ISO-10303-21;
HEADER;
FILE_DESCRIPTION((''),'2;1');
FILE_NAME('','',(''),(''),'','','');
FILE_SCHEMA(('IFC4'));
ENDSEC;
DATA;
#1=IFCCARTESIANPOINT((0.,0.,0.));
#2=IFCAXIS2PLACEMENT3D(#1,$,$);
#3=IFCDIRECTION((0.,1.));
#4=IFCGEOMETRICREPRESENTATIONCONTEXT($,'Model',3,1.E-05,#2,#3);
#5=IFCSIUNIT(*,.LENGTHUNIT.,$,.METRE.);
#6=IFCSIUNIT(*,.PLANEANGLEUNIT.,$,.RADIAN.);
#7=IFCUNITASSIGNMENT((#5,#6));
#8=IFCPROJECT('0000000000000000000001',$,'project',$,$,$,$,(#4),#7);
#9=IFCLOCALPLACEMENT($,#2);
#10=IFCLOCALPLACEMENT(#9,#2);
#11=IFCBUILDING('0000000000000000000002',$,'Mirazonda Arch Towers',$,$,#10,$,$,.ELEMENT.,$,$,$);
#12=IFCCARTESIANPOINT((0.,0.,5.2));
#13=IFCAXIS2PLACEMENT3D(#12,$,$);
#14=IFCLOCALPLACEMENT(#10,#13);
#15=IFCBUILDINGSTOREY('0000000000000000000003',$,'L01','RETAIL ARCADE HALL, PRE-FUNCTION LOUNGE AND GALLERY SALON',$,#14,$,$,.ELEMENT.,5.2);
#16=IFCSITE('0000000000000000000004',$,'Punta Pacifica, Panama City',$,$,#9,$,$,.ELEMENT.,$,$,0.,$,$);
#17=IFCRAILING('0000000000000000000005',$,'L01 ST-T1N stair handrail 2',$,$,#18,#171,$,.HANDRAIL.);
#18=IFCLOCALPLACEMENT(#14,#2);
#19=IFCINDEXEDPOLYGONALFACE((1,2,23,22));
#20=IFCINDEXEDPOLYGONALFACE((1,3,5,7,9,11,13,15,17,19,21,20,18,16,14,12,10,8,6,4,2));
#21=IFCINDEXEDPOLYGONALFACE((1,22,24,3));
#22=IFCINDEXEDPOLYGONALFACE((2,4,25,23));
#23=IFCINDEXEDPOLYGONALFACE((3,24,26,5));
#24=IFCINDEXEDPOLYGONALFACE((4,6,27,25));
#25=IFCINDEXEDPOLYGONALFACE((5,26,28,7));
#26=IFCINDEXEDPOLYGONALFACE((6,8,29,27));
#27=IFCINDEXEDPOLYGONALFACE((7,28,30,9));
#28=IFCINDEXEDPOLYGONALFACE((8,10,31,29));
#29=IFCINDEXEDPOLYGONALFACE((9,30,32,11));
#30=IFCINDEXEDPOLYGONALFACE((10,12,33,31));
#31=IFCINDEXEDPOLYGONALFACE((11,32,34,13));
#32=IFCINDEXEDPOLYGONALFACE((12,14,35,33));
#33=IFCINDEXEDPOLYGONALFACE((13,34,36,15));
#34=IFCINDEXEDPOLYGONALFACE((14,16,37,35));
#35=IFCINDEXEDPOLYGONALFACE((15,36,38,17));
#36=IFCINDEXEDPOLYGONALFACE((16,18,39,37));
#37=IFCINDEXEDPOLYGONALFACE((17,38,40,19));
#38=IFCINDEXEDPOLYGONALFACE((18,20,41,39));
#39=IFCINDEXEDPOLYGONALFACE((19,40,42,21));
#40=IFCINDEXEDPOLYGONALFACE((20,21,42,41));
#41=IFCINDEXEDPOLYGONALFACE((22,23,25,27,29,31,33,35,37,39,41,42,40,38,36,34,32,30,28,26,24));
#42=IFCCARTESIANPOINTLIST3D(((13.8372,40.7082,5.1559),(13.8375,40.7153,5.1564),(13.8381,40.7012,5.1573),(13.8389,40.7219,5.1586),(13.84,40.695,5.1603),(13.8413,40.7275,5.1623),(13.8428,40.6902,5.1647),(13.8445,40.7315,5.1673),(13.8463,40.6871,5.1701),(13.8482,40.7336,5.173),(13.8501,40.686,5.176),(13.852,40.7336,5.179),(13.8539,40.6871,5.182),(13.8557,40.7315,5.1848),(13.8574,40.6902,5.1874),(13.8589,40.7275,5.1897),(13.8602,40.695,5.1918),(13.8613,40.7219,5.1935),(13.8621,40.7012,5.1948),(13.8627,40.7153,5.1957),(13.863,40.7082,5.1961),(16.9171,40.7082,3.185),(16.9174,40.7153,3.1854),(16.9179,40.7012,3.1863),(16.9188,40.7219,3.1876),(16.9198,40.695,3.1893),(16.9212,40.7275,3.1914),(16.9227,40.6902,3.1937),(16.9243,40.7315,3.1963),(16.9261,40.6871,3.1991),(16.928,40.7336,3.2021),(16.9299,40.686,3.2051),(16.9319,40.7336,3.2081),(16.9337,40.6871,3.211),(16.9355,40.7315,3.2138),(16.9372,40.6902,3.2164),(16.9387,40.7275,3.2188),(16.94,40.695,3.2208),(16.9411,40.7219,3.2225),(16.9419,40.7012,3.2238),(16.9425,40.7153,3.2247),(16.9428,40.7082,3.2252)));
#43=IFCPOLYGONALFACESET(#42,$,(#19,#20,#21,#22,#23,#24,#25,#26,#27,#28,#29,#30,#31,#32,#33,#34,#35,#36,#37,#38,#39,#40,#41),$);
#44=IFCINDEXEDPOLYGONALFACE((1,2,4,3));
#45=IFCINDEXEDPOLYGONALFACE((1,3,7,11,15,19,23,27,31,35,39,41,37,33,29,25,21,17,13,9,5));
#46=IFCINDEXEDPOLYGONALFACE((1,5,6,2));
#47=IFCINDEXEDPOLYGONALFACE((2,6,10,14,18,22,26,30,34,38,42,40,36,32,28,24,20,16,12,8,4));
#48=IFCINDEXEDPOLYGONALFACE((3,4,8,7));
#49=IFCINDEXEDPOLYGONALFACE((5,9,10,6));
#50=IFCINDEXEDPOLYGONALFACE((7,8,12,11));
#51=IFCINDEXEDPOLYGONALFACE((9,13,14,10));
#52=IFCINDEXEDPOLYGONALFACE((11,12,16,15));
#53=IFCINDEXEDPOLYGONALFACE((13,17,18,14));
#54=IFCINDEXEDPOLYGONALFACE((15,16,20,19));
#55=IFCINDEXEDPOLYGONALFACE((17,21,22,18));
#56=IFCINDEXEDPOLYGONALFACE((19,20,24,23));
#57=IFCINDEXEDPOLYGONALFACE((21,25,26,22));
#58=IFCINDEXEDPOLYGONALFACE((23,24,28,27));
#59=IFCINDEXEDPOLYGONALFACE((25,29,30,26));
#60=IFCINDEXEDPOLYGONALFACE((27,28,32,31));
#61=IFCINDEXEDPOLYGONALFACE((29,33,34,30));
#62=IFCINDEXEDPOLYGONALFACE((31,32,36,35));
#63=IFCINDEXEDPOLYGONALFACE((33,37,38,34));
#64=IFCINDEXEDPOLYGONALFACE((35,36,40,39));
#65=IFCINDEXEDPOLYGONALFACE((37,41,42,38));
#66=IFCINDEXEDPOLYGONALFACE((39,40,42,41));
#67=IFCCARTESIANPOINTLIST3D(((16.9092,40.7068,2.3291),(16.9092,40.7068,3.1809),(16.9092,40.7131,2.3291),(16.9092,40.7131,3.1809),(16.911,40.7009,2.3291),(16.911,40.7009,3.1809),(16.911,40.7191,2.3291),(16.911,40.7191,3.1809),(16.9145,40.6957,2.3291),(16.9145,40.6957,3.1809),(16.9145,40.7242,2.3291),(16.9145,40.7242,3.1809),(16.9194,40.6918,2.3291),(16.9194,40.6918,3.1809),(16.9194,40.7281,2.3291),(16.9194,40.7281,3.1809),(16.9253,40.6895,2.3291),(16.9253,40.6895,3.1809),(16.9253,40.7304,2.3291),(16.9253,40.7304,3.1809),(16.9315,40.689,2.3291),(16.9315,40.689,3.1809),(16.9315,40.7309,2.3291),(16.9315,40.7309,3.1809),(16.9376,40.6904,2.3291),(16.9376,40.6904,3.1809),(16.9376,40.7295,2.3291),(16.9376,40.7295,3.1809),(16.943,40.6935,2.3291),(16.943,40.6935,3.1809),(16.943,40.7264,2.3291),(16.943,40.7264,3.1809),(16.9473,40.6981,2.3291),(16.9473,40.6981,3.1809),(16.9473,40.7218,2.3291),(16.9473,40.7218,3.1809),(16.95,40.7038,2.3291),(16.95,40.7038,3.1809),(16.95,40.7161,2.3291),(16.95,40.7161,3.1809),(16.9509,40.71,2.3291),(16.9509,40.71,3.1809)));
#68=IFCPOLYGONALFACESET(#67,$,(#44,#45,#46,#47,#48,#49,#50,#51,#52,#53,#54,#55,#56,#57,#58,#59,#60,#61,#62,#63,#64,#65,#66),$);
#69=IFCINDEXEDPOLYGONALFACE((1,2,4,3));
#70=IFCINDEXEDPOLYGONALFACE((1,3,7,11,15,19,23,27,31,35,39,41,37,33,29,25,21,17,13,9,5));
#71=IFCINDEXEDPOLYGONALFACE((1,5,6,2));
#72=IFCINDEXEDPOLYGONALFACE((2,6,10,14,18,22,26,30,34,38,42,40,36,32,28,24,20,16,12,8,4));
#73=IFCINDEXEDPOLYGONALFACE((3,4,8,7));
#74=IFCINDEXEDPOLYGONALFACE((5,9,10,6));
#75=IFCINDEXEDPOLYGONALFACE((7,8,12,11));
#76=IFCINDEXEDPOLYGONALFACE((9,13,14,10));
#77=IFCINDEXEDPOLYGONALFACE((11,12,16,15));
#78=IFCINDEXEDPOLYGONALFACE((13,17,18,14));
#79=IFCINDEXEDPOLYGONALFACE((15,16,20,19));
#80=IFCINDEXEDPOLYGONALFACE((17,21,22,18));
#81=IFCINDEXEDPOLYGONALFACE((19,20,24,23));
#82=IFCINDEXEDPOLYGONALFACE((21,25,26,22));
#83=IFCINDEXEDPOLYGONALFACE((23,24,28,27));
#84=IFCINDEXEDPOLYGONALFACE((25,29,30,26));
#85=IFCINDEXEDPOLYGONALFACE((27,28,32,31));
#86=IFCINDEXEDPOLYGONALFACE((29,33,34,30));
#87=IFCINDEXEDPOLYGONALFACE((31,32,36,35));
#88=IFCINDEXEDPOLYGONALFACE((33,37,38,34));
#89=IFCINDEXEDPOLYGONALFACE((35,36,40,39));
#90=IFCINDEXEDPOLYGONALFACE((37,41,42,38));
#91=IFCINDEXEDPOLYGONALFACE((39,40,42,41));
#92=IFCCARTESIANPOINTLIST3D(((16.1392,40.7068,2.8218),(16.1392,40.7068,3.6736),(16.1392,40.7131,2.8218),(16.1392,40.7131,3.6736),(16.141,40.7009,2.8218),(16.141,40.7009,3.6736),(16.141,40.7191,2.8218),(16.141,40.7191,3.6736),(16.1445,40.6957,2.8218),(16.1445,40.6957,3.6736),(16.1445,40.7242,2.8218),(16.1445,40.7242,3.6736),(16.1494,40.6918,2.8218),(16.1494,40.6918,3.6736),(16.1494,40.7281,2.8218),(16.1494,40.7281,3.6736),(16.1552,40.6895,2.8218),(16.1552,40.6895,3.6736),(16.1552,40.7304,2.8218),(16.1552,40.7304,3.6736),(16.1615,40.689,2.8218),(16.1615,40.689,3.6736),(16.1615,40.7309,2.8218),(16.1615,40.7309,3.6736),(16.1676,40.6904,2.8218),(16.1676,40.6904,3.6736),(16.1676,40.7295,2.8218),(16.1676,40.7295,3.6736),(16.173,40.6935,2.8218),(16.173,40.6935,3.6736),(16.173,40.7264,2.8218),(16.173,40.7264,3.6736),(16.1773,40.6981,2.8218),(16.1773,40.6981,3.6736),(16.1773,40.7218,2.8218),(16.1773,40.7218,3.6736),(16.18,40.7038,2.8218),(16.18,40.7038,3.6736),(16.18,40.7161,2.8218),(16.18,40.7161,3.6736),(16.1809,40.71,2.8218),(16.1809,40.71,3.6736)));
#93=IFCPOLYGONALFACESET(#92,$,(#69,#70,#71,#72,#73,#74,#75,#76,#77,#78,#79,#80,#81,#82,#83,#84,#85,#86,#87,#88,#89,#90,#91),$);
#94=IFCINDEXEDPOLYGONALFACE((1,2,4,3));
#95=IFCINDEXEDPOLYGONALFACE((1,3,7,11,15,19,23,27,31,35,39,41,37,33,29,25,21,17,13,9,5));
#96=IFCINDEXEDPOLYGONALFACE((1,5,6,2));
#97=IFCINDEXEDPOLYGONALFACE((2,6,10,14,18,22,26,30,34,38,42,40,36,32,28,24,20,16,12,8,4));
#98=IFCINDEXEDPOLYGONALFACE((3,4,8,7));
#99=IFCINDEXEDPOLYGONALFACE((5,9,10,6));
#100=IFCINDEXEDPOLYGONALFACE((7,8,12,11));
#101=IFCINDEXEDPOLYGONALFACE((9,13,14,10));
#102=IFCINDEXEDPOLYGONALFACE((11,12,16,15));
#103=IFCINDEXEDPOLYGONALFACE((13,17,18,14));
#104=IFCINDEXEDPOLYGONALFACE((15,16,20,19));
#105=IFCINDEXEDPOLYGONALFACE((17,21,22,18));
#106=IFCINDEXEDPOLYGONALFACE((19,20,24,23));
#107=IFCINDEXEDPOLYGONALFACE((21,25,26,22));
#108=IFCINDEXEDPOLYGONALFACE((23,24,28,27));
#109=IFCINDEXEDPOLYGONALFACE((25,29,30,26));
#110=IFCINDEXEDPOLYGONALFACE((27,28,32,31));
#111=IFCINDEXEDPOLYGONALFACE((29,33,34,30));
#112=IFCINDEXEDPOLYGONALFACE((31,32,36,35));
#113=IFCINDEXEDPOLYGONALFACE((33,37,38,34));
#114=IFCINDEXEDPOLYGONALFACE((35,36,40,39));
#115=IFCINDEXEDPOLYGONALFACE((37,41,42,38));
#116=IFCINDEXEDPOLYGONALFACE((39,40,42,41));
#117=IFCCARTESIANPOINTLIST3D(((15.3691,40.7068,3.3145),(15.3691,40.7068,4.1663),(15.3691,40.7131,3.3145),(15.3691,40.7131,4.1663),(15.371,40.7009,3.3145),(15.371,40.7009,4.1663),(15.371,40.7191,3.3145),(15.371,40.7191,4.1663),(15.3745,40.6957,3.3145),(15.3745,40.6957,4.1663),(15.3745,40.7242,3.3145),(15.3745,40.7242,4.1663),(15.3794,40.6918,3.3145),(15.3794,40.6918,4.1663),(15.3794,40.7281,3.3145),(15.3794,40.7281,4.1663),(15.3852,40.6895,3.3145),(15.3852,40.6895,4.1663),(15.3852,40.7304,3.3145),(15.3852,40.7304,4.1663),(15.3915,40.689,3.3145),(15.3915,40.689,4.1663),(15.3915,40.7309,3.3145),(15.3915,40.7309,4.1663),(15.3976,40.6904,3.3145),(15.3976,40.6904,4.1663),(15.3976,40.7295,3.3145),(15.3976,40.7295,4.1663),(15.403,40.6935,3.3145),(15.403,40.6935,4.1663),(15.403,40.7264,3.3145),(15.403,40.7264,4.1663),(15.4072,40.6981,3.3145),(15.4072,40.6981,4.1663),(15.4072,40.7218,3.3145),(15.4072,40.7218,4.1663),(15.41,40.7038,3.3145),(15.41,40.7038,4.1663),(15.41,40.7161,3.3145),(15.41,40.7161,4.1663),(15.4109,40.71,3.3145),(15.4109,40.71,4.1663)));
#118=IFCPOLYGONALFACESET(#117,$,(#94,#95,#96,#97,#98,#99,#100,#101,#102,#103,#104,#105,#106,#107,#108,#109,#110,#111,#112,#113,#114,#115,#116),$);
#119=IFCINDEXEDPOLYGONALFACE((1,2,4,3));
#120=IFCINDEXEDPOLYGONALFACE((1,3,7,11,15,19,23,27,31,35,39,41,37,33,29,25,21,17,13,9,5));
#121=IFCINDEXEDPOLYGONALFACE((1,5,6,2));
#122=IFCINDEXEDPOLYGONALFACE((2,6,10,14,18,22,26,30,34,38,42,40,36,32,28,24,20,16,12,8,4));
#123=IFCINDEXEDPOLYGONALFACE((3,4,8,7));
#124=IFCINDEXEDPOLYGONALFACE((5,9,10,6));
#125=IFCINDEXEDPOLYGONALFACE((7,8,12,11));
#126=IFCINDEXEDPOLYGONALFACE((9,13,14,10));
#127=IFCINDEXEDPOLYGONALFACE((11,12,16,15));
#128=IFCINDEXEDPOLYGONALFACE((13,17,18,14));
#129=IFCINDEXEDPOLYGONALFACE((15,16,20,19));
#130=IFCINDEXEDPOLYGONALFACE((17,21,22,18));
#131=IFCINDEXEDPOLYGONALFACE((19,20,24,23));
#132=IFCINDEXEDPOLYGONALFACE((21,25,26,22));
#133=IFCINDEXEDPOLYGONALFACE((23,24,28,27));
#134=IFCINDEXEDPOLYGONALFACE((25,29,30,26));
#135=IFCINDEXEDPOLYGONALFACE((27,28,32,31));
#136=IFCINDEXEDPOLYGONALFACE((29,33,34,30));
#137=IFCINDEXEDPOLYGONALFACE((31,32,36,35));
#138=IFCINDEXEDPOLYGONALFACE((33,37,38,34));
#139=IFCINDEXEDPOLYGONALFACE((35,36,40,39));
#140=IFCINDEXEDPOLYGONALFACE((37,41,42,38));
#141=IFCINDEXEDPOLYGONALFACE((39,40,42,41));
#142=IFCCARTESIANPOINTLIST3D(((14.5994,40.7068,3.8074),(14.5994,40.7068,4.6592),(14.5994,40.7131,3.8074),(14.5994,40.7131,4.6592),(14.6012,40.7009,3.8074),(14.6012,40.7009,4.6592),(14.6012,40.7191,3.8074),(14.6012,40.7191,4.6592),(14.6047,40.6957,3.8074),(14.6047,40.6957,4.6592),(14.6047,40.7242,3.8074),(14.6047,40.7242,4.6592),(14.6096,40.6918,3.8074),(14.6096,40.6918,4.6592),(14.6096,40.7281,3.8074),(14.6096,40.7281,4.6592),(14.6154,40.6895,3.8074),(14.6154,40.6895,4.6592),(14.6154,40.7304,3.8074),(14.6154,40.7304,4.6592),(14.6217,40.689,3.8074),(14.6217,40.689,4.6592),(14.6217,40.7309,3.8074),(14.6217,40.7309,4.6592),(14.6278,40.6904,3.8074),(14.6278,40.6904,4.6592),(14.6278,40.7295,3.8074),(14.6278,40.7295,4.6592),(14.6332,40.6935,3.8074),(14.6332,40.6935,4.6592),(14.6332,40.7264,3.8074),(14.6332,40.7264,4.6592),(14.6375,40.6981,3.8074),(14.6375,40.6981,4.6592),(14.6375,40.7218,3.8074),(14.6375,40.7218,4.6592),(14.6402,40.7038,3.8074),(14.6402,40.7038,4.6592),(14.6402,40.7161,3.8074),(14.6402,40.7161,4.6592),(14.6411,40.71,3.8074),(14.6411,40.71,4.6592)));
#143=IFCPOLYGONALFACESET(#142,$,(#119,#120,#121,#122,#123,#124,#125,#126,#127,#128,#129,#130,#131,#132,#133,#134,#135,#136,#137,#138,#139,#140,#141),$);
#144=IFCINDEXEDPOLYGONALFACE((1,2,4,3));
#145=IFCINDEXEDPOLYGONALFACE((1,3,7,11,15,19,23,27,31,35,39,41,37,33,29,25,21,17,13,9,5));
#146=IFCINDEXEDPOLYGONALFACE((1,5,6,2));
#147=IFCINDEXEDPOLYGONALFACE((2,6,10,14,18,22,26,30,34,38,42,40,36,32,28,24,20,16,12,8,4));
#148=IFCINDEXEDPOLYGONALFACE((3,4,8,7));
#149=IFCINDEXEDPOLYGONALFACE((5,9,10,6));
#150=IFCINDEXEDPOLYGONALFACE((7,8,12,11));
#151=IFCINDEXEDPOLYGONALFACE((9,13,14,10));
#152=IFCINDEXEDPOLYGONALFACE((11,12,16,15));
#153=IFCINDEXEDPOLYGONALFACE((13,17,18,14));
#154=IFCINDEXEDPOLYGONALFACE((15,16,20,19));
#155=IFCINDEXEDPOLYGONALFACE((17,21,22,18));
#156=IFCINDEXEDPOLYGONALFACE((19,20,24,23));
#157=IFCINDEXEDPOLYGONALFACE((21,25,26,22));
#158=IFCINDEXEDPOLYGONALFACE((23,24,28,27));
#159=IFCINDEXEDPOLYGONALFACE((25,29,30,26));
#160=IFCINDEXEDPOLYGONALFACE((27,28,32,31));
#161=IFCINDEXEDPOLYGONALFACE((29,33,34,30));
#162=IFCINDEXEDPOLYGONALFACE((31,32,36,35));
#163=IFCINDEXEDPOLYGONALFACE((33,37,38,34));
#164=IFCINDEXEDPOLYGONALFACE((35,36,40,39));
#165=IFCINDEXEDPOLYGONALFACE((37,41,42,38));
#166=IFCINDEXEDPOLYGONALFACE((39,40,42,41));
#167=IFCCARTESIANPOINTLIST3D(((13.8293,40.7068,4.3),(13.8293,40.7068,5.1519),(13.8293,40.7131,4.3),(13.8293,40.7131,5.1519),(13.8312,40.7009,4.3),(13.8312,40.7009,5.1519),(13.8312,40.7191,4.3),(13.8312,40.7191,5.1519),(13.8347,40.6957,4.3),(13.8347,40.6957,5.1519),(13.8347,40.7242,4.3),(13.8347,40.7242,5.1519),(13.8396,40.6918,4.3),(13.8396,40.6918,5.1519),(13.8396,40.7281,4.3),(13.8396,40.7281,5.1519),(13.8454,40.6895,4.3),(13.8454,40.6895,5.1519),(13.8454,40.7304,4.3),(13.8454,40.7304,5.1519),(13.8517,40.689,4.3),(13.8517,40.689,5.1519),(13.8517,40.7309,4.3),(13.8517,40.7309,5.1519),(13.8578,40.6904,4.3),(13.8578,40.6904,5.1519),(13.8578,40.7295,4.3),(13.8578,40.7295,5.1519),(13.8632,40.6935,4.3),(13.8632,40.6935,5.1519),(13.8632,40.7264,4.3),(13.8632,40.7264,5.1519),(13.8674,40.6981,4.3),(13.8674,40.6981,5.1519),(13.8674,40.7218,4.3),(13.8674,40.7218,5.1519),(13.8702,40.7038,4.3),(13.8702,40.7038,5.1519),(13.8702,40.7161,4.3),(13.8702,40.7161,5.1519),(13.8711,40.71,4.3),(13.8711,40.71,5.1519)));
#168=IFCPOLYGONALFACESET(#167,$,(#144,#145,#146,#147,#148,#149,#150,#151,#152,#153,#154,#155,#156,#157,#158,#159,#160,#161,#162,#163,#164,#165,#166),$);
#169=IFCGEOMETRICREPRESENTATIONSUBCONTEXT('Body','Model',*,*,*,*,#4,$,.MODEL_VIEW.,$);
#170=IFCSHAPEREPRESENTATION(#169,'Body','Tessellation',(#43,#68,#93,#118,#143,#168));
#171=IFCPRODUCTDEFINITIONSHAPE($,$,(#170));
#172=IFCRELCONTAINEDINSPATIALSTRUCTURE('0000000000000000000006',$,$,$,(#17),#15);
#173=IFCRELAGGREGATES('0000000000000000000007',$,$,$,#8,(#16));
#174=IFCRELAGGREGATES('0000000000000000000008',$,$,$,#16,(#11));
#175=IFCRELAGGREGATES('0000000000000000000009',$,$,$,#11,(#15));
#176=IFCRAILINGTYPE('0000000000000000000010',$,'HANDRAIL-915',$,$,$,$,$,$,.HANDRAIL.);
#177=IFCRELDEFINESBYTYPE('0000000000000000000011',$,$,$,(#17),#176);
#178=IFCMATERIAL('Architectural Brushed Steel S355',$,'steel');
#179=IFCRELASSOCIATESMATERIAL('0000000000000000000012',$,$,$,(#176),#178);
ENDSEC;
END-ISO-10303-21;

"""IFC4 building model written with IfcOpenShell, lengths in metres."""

from ifc_helpers import new_model, si_unit, direction, frame, origin, origin_2d, place, context, subcontext, project, spatial, circle, extrude, material, type_object, element, save


model = new_model("IFC4")

# Units and contexts
model_context = context("Model", 3, precision=1e-05, world=origin(), true_north=direction((0.0, 1.0)))
body_context = subcontext(model_context, "Body", "Model", "MODEL_VIEW")
ifc_project = project(units=[si_unit("LENGTHUNIT", "METRE"), si_unit("PLANEANGLEUNIT", "RADIAN")], contexts=[model_context])

# Site, building, storey
site_placement = place(None, origin())
site = spatial("IfcSite", under=ifc_project, at=site_placement, Name="Punta Pacifica, Panama City", CompositionType="ELEMENT", RefElevation=0.0)
building_placement = place(site_placement, origin())
building = spatial("IfcBuilding", under=site, at=building_placement, Name="Mirazonda Arch Towers", CompositionType="ELEMENT")
storey_placement = place(building_placement, frame((0.0, 0.0, 5.2)))
storey = spatial("IfcBuildingStorey", under=building, at=storey_placement, Name="L01", Description="RETAIL ARCADE HALL, PRE-FUNCTION LOUNGE AND GALLERY SALON", CompositionType="ELEMENT", Elevation=5.2)

# Shared definitions
ifc_material_1 = material(Name="Architectural Brushed Steel S355", Category="steel")

# Railing
railing_type_1 = type_object("IfcRailingType", Name="HANDRAIL-915", PredefinedType="HANDRAIL", material=ifc_material_1)
railing_1_placement = place(storey_placement, frame((16.9299, 40.71, 2.3291)))
element("IfcRailing", 1, at=railing_1_placement, inside=storey, type_object=railing_type_1, Name="L01 ST-T1N stair handrail 2", PredefinedType="HANDRAIL", context=body_context, shape_type="SweptSolid", body=[
    extrude(circle(Radius=0.0239, at=origin_2d()), frame((0.0, 0.0, 0.876), z_axis=(-0.84229, 0.0, 0.539025), x_axis=(0.0, -1.0, 0.0)), (0.0, 0.0, 1.0), 3.6565),
    extrude(circle(Radius=0.021, at=origin_2d()), origin(), (0.0, 0.0, 1.0), 0.8518),
    extrude(circle(Radius=0.021, at=origin_2d()), frame((-0.77, 0.0, 0.4927)), (0.0, 0.0, 1.0), 0.8518),
    extrude(circle(Radius=0.021, at=origin_2d()), frame((-1.54, 0.0, 0.9854)), (0.0, 0.0, 1.0), 0.8518),
    extrude(circle(Radius=0.021, at=origin_2d()), frame((-2.3098, 0.0, 1.4783)), (0.0, 0.0, 1.0), 0.8518),
    extrude(circle(Radius=0.021, at=origin_2d()), frame((-3.0798, 0.0, 1.9709)), (0.0, 0.0, 1.0), 0.8518),
])

save(model, "model.ifc")
